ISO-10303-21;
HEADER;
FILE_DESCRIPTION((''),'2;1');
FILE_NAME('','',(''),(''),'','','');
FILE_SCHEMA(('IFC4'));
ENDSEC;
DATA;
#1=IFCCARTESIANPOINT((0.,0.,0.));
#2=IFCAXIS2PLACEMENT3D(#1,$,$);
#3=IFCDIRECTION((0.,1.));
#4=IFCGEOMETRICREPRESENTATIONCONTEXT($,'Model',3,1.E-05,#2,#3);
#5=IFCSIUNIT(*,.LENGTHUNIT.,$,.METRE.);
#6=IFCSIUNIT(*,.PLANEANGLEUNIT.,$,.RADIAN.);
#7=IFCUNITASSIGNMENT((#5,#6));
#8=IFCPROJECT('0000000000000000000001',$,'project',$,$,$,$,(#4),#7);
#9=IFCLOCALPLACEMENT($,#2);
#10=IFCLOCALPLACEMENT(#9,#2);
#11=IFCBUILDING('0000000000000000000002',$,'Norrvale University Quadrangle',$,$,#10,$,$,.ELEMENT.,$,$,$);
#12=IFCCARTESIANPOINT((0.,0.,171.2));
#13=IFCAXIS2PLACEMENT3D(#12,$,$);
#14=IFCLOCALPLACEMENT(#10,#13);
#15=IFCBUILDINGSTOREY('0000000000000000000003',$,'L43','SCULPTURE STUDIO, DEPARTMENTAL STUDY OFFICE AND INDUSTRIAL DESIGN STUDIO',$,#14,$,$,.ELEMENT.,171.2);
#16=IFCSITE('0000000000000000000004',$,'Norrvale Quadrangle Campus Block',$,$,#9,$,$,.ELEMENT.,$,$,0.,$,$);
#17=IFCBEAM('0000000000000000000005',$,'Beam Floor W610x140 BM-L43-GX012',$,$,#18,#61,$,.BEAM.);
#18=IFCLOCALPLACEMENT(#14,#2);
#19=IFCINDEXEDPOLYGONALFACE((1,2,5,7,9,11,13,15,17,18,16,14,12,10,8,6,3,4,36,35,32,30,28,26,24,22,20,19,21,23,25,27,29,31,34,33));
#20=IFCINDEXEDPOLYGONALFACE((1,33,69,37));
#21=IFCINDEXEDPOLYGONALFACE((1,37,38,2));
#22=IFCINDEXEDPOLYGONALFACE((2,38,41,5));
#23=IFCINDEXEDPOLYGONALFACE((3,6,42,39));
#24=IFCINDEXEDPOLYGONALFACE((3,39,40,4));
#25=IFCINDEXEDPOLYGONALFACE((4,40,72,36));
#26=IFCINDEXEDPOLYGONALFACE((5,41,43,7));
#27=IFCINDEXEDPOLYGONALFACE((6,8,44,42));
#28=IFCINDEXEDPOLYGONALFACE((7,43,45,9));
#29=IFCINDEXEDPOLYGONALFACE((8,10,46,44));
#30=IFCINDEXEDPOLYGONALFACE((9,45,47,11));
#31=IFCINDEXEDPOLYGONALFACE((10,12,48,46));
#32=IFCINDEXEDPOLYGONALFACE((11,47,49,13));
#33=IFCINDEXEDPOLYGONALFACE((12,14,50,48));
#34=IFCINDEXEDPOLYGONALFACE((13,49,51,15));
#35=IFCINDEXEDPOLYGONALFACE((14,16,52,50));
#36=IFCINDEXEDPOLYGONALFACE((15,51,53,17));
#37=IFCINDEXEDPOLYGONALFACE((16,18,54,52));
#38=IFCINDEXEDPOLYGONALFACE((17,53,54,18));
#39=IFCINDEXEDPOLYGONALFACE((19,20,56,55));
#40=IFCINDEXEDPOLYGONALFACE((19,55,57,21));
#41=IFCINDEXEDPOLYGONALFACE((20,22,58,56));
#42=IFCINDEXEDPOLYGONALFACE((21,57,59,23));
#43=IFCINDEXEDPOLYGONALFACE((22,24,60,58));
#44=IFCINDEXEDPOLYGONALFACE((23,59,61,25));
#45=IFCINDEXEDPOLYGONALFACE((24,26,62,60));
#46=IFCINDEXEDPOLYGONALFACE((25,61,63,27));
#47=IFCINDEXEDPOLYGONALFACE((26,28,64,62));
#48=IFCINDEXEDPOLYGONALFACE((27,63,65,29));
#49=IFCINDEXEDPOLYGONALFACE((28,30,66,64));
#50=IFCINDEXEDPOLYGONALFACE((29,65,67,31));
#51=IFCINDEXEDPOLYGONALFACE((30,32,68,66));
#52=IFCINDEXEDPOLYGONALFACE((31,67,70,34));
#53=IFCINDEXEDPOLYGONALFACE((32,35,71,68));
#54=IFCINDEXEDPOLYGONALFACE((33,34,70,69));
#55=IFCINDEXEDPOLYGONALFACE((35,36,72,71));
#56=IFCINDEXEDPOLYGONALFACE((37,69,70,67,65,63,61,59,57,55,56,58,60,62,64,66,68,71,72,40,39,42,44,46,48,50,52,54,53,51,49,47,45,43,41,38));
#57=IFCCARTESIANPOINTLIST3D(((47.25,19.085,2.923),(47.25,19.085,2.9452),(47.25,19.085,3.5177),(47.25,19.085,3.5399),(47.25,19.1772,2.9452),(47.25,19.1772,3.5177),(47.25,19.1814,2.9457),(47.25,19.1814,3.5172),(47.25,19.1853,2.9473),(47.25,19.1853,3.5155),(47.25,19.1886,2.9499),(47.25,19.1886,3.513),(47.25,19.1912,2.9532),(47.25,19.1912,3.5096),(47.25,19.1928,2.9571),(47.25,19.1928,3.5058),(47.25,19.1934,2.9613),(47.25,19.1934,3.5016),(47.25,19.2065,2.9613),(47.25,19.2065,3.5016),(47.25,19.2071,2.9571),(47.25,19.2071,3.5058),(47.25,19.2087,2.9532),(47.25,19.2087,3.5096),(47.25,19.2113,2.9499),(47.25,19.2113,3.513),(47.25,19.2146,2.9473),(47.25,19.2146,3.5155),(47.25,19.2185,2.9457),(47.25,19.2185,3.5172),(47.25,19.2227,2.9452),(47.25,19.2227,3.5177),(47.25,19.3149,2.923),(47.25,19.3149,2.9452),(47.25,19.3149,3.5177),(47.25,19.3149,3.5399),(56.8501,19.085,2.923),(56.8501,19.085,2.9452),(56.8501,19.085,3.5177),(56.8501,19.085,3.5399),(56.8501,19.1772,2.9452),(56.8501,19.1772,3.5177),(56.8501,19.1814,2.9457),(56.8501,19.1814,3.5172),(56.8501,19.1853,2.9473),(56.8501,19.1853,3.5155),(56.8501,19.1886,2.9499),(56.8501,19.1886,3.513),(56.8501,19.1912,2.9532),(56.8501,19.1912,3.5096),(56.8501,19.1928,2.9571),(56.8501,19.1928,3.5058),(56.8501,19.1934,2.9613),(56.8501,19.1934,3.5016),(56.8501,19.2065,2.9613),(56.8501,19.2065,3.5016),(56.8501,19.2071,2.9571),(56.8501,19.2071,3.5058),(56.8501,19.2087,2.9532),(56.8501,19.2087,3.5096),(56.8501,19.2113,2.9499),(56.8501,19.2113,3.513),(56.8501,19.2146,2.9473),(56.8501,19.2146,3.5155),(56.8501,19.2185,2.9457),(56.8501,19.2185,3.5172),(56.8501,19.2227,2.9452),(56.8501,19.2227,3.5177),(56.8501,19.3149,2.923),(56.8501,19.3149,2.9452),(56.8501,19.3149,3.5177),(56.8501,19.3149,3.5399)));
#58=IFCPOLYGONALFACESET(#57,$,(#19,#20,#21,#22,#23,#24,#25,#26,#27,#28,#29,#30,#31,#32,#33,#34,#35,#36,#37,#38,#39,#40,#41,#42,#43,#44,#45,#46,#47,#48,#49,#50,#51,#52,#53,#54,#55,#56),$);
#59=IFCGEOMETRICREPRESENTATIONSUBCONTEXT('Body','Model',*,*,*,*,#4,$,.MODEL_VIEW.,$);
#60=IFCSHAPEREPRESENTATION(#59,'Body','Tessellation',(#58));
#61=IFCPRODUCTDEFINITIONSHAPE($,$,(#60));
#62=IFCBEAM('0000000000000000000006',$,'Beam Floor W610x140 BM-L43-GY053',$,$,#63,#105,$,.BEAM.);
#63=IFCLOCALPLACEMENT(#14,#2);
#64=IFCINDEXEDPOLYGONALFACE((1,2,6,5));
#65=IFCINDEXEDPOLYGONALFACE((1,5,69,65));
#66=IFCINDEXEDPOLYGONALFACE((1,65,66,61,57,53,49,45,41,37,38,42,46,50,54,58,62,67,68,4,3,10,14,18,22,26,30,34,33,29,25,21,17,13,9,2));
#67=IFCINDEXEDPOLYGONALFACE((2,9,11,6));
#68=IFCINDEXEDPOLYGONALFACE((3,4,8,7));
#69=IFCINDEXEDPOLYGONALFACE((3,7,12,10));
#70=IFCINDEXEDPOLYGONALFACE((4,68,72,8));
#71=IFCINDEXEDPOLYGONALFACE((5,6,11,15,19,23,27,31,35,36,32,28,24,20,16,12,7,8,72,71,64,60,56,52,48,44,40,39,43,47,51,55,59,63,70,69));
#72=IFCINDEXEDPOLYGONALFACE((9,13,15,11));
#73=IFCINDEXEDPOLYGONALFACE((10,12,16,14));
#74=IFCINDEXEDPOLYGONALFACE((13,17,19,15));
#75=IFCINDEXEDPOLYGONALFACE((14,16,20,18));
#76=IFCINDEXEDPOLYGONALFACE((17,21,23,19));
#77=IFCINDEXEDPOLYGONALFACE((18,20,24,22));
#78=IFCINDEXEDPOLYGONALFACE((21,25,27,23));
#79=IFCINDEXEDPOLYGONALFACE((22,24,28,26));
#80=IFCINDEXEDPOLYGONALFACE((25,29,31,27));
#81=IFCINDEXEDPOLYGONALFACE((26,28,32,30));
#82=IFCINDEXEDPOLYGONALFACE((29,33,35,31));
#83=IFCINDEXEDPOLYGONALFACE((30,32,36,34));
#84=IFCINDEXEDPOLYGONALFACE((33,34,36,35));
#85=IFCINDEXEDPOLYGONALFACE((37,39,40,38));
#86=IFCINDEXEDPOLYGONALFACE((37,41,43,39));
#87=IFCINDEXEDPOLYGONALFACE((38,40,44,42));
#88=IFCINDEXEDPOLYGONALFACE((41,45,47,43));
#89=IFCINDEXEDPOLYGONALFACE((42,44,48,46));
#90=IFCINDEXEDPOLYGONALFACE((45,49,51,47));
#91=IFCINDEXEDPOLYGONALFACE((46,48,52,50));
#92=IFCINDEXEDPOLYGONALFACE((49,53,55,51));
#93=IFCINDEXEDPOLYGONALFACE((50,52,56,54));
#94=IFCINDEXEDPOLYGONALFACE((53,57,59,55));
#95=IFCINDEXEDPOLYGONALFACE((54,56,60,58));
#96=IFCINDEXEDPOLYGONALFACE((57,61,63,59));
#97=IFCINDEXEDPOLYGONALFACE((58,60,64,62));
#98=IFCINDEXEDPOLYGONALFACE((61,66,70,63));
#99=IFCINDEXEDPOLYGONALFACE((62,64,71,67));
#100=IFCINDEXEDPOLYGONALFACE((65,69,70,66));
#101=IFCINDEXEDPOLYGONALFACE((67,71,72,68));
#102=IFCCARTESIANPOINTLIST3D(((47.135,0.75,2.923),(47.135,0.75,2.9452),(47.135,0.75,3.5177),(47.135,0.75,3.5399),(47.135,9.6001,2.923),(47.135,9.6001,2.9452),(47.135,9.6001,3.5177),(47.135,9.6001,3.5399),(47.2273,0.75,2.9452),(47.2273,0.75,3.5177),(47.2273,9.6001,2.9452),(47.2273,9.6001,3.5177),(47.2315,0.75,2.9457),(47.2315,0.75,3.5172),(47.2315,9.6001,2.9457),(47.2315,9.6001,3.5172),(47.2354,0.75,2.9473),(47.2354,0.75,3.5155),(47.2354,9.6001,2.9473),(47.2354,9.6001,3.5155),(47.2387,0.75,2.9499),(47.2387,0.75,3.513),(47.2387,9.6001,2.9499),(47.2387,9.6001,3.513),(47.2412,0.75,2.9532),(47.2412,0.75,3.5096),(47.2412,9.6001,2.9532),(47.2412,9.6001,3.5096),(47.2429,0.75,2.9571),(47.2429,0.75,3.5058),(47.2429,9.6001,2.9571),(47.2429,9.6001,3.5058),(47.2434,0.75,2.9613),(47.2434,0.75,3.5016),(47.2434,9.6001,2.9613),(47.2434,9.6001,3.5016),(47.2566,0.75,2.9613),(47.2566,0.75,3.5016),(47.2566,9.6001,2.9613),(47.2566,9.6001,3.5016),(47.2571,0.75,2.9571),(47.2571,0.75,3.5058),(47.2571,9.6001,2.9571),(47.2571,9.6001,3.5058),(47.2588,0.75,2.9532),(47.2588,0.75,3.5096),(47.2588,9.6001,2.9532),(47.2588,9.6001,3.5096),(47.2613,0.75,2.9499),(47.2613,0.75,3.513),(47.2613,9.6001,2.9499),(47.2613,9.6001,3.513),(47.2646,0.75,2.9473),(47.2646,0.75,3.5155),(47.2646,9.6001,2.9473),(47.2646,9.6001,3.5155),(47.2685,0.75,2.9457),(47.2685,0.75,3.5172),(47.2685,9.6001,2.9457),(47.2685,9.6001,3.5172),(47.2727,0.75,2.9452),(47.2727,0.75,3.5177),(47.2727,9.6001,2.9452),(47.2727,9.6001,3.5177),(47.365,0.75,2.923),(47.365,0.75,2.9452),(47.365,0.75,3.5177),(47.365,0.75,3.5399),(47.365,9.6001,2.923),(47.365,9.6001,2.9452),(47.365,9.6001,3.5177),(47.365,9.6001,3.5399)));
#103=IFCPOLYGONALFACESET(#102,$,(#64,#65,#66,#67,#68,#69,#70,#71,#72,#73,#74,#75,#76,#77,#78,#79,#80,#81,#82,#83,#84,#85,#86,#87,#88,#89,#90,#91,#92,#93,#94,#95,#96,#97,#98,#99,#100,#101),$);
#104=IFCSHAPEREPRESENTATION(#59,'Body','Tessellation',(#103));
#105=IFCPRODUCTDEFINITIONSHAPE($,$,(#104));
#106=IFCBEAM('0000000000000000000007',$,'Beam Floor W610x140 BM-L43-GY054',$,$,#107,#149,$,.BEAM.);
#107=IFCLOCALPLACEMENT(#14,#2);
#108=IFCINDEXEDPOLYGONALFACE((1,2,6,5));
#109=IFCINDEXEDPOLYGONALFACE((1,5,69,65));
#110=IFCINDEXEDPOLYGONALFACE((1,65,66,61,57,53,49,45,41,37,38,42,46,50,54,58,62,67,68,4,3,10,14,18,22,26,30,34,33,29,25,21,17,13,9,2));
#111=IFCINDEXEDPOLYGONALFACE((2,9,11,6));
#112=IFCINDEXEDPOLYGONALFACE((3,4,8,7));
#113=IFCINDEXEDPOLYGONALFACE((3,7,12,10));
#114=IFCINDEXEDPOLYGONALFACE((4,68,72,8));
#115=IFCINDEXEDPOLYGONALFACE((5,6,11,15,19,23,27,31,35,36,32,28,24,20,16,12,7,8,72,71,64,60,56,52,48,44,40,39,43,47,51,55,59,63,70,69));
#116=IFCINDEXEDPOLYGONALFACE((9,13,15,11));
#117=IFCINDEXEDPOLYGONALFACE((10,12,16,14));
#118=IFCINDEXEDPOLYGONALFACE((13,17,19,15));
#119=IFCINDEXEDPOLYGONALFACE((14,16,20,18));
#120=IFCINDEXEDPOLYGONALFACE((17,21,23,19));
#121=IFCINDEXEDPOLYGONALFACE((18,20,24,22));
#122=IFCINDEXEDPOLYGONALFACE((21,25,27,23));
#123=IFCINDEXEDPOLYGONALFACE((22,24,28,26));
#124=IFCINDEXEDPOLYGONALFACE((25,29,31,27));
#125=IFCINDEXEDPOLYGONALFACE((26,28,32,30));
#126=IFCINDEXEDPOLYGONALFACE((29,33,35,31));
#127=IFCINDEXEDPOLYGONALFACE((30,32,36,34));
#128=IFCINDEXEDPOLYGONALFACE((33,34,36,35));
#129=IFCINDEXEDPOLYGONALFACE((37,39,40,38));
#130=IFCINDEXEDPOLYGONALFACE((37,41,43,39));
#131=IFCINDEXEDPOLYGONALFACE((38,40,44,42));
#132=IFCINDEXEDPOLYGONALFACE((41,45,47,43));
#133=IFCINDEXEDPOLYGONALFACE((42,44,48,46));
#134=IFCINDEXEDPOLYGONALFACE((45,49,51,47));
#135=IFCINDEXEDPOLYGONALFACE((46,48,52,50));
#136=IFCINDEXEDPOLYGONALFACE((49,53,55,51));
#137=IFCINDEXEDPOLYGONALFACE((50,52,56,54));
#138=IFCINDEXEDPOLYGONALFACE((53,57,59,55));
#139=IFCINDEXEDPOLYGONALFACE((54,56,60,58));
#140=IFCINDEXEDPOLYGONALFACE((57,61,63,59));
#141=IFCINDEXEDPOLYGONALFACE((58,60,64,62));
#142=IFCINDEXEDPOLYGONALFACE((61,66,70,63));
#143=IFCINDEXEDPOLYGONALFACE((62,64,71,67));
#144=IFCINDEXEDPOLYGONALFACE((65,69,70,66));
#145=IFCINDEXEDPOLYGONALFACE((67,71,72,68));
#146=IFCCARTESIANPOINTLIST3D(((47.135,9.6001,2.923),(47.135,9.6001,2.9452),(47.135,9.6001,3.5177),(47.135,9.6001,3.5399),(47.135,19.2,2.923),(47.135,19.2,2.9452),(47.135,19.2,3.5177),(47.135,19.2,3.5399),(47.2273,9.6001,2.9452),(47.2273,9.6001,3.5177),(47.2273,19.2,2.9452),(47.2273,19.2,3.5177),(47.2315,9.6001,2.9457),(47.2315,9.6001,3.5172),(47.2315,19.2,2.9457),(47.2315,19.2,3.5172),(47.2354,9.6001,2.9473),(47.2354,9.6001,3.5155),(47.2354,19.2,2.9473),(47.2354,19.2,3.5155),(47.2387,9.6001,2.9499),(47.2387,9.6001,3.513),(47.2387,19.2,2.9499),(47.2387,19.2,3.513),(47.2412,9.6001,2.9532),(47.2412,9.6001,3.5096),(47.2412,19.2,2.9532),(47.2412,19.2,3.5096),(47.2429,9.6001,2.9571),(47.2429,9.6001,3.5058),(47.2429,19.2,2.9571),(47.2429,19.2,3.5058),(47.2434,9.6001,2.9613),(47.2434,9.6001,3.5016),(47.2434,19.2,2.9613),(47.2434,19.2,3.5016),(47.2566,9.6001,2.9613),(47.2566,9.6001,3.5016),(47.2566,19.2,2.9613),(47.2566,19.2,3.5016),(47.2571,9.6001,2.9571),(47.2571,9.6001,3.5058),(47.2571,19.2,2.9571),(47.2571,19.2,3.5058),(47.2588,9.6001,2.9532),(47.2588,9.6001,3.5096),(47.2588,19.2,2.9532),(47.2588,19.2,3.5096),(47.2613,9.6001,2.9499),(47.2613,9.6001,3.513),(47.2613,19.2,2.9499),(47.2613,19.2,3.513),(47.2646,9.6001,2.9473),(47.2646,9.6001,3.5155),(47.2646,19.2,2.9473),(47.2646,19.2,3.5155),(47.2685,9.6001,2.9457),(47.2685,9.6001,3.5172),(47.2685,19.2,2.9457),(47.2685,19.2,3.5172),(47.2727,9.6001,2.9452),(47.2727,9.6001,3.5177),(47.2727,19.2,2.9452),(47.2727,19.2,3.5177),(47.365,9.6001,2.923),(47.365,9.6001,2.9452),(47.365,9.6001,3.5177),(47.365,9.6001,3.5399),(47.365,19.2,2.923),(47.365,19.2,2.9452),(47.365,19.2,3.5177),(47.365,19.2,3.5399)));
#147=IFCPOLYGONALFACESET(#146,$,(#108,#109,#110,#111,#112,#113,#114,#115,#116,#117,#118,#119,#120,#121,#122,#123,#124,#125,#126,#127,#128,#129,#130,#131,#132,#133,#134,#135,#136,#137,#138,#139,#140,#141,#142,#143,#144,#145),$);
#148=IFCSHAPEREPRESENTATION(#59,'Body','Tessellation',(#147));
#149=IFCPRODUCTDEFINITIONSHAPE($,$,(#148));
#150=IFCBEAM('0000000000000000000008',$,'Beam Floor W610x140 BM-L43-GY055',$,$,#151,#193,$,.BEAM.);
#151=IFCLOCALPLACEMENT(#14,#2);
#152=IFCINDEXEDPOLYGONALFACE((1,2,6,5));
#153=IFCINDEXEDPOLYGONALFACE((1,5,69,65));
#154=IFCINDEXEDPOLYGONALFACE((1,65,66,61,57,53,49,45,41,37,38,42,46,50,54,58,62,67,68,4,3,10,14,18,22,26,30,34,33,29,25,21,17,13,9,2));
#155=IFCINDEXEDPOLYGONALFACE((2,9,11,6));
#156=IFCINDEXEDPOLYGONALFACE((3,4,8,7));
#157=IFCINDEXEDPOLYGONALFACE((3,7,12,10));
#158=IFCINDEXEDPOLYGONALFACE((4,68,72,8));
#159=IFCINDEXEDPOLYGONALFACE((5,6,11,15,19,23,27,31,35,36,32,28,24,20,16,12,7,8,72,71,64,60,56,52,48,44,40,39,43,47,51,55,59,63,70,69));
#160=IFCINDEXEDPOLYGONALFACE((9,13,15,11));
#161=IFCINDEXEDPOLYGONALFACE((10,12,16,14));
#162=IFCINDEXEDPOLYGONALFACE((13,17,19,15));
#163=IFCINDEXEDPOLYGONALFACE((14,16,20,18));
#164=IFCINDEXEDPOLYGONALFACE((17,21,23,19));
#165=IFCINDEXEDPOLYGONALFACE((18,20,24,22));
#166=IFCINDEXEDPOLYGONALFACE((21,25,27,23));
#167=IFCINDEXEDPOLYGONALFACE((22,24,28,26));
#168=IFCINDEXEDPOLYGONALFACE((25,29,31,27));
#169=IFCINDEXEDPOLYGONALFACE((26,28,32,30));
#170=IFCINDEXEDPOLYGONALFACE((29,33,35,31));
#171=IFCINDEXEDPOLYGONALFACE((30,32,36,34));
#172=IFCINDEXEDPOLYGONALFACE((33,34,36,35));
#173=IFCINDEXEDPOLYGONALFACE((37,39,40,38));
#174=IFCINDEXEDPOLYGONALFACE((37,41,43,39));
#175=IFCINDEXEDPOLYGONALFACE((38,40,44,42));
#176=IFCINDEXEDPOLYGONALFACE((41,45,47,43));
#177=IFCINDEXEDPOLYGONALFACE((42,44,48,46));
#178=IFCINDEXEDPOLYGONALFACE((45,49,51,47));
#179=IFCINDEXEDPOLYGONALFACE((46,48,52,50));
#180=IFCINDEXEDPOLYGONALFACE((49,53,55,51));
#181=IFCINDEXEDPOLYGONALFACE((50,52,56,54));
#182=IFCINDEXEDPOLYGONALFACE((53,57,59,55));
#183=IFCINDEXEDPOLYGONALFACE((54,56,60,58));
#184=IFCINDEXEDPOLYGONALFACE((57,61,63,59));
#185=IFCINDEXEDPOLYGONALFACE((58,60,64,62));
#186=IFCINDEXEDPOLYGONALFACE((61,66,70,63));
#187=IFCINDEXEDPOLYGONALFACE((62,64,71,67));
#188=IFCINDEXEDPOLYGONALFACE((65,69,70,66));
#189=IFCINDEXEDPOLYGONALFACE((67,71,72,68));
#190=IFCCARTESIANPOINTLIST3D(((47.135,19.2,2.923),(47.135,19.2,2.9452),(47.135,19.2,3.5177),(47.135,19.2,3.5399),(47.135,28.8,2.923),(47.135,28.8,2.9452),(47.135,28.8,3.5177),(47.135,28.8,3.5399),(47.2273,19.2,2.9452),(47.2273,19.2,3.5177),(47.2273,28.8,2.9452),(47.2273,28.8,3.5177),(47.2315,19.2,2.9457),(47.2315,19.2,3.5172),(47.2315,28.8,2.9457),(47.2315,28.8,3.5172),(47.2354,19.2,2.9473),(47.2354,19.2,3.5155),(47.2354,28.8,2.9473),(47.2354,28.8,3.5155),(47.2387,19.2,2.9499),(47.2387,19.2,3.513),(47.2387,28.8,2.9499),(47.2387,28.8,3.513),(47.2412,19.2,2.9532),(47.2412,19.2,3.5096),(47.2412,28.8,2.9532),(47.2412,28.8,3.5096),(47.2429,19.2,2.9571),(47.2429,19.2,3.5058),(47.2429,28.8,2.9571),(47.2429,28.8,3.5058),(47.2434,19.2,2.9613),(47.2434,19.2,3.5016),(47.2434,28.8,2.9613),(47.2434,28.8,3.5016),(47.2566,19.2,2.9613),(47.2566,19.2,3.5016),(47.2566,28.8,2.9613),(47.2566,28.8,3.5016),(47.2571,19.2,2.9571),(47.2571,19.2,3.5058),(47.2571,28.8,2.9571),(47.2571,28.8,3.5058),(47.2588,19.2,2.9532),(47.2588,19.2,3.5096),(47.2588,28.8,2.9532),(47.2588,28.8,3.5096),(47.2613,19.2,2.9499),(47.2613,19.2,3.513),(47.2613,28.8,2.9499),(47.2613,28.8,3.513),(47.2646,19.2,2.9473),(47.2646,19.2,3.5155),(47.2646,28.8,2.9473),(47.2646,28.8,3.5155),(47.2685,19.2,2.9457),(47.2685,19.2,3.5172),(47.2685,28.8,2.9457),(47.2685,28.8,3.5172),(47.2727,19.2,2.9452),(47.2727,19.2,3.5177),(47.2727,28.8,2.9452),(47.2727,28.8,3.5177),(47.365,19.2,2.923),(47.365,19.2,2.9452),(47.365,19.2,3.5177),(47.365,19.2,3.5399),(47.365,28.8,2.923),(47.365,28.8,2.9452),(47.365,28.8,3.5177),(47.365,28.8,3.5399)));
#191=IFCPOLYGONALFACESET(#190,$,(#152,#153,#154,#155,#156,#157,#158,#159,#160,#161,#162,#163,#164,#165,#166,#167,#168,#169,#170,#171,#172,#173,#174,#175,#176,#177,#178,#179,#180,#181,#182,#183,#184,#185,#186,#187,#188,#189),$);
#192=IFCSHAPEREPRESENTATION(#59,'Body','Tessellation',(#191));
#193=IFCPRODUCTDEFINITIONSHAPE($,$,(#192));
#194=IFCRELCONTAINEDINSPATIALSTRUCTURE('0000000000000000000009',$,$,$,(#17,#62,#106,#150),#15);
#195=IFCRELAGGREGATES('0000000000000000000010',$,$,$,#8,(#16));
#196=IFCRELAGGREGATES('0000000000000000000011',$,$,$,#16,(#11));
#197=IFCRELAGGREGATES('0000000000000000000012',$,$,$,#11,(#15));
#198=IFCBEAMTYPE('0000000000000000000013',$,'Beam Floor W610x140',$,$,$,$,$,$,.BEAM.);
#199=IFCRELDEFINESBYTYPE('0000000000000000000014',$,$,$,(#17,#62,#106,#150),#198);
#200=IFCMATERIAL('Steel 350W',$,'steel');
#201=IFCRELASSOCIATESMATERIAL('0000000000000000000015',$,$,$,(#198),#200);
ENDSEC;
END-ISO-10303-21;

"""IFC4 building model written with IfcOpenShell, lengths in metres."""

from ifc_helpers import new_model, si_unit, direction, frame, origin, origin_2d, place, context, subcontext, project, spatial, i_section, extrude, material, material_profile, profile_set, type_object, element, save


model = new_model("IFC4")

# Units and contexts
model_context = context("Model", 3, precision=1e-05, world=origin(), true_north=direction((0.0, 1.0)))
body_context = subcontext(model_context, "Body", "Model", "MODEL_VIEW")
ifc_project = project(units=[si_unit("LENGTHUNIT", "METRE"), si_unit("PLANEANGLEUNIT", "RADIAN")], contexts=[model_context])

# Site, building, storey
site_placement = place(None, origin())
site = spatial("IfcSite", under=ifc_project, at=site_placement, Name="Norrvale Quadrangle Campus Block", CompositionType="ELEMENT", RefElevation=0.0)
building_placement = place(site_placement, origin())
building = spatial("IfcBuilding", under=site, at=building_placement, Name="Norrvale University Quadrangle", CompositionType="ELEMENT")
storey_placement = place(building_placement, frame((0.0, 0.0, 171.2)))
storey = spatial("IfcBuildingStorey", under=building, at=storey_placement, Name="L43", Description="SCULPTURE STUDIO, DEPARTMENTAL STUDY OFFICE AND INDUSTRIAL DESIGN STUDIO", CompositionType="ELEMENT", Elevation=171.2)

# Beams
ifc_material_1 = material(Name="Steel 350W", Category="steel")
ifc_material_profile_1 = material_profile(ifc_material_1, i_section(OverallWidth=0.23, OverallDepth=0.6169, WebThickness=0.0132, FlangeThickness=0.0222, FilletRadius=0.0161, at=origin_2d()), Name="Steel 350W")
ifc_profile_set_1 = profile_set([ifc_material_profile_1], Name="Steel 350W")
beam_type_1 = type_object("IfcBeamType", Name="Beam Floor W610x140", PredefinedType="BEAM", material=ifc_profile_set_1)
for number, where, z_axis, x_axis, name in (
    (1, (47.25, 19.2, 3.2314), (1.0, 0.0, 0.0), (0.0, 1.0, 0.0), "Beam Floor W610x140 BM-L43-GX012"),
):
    element("IfcBeam", number, at=place(storey_placement, frame(where, z_axis=z_axis, x_axis=x_axis)), inside=storey, type_object=beam_type_1, Name=name, PredefinedType="BEAM", context=body_context, shape_type="SweptSolid", body=[
        extrude(i_section(OverallWidth=0.23, OverallDepth=0.6169, WebThickness=0.0132, FlangeThickness=0.0222, FilletRadius=0.0161, at=origin_2d()), origin(), (0.0, 0.0, 1.0), 9.6001),
    ])
beam_1_placement = place(storey_placement, frame((47.25, 0.75, 3.2314), z_axis=(0.0, 1.0, 0.0), x_axis=(-1.0, 0.0, 0.0)))
element("IfcBeam", 2, at=beam_1_placement, inside=storey, type_object=beam_type_1, Name="Beam Floor W610x140 BM-L43-GY053", PredefinedType="BEAM", context=body_context, shape_type="SweptSolid", body=[
    extrude(i_section(OverallWidth=0.23, OverallDepth=0.6169, WebThickness=0.0132, FlangeThickness=0.0222, FilletRadius=0.0161, at=origin_2d()), origin(), (0.0, 0.0, 1.0), 8.8501),
])
beam_2_placement = place(storey_placement, frame((47.25, 9.6001, 3.2314), z_axis=(0.0, 1.0, 0.0), x_axis=(-1.0, 0.0, 0.0)))
element("IfcBeam", 3, at=beam_2_placement, inside=storey, type_object=beam_type_1, Name="Beam Floor W610x140 BM-L43-GY054", PredefinedType="BEAM", context=body_context, shape_type="SweptSolid", body=[
    extrude(i_section(OverallWidth=0.23, OverallDepth=0.6169, WebThickness=0.0132, FlangeThickness=0.0222, FilletRadius=0.0161, at=origin_2d()), origin(), (0.0, 0.0, 1.0), 9.5999),
])
beam_3_placement = place(storey_placement, frame((47.25, 19.2, 3.2314), z_axis=(0.0, 1.0, 0.0), x_axis=(-1.0, 0.0, 0.0)))
element("IfcBeam", 4, at=beam_3_placement, inside=storey, type_object=beam_type_1, Name="Beam Floor W610x140 BM-L43-GY055", PredefinedType="BEAM", context=body_context, shape_type="SweptSolid", body=[
    extrude(i_section(OverallWidth=0.23, OverallDepth=0.6169, WebThickness=0.0132, FlangeThickness=0.0222, FilletRadius=0.0161, at=origin_2d()), origin(), (0.0, 0.0, 1.0), 9.6001),
])

save(model, "model.ifc")
